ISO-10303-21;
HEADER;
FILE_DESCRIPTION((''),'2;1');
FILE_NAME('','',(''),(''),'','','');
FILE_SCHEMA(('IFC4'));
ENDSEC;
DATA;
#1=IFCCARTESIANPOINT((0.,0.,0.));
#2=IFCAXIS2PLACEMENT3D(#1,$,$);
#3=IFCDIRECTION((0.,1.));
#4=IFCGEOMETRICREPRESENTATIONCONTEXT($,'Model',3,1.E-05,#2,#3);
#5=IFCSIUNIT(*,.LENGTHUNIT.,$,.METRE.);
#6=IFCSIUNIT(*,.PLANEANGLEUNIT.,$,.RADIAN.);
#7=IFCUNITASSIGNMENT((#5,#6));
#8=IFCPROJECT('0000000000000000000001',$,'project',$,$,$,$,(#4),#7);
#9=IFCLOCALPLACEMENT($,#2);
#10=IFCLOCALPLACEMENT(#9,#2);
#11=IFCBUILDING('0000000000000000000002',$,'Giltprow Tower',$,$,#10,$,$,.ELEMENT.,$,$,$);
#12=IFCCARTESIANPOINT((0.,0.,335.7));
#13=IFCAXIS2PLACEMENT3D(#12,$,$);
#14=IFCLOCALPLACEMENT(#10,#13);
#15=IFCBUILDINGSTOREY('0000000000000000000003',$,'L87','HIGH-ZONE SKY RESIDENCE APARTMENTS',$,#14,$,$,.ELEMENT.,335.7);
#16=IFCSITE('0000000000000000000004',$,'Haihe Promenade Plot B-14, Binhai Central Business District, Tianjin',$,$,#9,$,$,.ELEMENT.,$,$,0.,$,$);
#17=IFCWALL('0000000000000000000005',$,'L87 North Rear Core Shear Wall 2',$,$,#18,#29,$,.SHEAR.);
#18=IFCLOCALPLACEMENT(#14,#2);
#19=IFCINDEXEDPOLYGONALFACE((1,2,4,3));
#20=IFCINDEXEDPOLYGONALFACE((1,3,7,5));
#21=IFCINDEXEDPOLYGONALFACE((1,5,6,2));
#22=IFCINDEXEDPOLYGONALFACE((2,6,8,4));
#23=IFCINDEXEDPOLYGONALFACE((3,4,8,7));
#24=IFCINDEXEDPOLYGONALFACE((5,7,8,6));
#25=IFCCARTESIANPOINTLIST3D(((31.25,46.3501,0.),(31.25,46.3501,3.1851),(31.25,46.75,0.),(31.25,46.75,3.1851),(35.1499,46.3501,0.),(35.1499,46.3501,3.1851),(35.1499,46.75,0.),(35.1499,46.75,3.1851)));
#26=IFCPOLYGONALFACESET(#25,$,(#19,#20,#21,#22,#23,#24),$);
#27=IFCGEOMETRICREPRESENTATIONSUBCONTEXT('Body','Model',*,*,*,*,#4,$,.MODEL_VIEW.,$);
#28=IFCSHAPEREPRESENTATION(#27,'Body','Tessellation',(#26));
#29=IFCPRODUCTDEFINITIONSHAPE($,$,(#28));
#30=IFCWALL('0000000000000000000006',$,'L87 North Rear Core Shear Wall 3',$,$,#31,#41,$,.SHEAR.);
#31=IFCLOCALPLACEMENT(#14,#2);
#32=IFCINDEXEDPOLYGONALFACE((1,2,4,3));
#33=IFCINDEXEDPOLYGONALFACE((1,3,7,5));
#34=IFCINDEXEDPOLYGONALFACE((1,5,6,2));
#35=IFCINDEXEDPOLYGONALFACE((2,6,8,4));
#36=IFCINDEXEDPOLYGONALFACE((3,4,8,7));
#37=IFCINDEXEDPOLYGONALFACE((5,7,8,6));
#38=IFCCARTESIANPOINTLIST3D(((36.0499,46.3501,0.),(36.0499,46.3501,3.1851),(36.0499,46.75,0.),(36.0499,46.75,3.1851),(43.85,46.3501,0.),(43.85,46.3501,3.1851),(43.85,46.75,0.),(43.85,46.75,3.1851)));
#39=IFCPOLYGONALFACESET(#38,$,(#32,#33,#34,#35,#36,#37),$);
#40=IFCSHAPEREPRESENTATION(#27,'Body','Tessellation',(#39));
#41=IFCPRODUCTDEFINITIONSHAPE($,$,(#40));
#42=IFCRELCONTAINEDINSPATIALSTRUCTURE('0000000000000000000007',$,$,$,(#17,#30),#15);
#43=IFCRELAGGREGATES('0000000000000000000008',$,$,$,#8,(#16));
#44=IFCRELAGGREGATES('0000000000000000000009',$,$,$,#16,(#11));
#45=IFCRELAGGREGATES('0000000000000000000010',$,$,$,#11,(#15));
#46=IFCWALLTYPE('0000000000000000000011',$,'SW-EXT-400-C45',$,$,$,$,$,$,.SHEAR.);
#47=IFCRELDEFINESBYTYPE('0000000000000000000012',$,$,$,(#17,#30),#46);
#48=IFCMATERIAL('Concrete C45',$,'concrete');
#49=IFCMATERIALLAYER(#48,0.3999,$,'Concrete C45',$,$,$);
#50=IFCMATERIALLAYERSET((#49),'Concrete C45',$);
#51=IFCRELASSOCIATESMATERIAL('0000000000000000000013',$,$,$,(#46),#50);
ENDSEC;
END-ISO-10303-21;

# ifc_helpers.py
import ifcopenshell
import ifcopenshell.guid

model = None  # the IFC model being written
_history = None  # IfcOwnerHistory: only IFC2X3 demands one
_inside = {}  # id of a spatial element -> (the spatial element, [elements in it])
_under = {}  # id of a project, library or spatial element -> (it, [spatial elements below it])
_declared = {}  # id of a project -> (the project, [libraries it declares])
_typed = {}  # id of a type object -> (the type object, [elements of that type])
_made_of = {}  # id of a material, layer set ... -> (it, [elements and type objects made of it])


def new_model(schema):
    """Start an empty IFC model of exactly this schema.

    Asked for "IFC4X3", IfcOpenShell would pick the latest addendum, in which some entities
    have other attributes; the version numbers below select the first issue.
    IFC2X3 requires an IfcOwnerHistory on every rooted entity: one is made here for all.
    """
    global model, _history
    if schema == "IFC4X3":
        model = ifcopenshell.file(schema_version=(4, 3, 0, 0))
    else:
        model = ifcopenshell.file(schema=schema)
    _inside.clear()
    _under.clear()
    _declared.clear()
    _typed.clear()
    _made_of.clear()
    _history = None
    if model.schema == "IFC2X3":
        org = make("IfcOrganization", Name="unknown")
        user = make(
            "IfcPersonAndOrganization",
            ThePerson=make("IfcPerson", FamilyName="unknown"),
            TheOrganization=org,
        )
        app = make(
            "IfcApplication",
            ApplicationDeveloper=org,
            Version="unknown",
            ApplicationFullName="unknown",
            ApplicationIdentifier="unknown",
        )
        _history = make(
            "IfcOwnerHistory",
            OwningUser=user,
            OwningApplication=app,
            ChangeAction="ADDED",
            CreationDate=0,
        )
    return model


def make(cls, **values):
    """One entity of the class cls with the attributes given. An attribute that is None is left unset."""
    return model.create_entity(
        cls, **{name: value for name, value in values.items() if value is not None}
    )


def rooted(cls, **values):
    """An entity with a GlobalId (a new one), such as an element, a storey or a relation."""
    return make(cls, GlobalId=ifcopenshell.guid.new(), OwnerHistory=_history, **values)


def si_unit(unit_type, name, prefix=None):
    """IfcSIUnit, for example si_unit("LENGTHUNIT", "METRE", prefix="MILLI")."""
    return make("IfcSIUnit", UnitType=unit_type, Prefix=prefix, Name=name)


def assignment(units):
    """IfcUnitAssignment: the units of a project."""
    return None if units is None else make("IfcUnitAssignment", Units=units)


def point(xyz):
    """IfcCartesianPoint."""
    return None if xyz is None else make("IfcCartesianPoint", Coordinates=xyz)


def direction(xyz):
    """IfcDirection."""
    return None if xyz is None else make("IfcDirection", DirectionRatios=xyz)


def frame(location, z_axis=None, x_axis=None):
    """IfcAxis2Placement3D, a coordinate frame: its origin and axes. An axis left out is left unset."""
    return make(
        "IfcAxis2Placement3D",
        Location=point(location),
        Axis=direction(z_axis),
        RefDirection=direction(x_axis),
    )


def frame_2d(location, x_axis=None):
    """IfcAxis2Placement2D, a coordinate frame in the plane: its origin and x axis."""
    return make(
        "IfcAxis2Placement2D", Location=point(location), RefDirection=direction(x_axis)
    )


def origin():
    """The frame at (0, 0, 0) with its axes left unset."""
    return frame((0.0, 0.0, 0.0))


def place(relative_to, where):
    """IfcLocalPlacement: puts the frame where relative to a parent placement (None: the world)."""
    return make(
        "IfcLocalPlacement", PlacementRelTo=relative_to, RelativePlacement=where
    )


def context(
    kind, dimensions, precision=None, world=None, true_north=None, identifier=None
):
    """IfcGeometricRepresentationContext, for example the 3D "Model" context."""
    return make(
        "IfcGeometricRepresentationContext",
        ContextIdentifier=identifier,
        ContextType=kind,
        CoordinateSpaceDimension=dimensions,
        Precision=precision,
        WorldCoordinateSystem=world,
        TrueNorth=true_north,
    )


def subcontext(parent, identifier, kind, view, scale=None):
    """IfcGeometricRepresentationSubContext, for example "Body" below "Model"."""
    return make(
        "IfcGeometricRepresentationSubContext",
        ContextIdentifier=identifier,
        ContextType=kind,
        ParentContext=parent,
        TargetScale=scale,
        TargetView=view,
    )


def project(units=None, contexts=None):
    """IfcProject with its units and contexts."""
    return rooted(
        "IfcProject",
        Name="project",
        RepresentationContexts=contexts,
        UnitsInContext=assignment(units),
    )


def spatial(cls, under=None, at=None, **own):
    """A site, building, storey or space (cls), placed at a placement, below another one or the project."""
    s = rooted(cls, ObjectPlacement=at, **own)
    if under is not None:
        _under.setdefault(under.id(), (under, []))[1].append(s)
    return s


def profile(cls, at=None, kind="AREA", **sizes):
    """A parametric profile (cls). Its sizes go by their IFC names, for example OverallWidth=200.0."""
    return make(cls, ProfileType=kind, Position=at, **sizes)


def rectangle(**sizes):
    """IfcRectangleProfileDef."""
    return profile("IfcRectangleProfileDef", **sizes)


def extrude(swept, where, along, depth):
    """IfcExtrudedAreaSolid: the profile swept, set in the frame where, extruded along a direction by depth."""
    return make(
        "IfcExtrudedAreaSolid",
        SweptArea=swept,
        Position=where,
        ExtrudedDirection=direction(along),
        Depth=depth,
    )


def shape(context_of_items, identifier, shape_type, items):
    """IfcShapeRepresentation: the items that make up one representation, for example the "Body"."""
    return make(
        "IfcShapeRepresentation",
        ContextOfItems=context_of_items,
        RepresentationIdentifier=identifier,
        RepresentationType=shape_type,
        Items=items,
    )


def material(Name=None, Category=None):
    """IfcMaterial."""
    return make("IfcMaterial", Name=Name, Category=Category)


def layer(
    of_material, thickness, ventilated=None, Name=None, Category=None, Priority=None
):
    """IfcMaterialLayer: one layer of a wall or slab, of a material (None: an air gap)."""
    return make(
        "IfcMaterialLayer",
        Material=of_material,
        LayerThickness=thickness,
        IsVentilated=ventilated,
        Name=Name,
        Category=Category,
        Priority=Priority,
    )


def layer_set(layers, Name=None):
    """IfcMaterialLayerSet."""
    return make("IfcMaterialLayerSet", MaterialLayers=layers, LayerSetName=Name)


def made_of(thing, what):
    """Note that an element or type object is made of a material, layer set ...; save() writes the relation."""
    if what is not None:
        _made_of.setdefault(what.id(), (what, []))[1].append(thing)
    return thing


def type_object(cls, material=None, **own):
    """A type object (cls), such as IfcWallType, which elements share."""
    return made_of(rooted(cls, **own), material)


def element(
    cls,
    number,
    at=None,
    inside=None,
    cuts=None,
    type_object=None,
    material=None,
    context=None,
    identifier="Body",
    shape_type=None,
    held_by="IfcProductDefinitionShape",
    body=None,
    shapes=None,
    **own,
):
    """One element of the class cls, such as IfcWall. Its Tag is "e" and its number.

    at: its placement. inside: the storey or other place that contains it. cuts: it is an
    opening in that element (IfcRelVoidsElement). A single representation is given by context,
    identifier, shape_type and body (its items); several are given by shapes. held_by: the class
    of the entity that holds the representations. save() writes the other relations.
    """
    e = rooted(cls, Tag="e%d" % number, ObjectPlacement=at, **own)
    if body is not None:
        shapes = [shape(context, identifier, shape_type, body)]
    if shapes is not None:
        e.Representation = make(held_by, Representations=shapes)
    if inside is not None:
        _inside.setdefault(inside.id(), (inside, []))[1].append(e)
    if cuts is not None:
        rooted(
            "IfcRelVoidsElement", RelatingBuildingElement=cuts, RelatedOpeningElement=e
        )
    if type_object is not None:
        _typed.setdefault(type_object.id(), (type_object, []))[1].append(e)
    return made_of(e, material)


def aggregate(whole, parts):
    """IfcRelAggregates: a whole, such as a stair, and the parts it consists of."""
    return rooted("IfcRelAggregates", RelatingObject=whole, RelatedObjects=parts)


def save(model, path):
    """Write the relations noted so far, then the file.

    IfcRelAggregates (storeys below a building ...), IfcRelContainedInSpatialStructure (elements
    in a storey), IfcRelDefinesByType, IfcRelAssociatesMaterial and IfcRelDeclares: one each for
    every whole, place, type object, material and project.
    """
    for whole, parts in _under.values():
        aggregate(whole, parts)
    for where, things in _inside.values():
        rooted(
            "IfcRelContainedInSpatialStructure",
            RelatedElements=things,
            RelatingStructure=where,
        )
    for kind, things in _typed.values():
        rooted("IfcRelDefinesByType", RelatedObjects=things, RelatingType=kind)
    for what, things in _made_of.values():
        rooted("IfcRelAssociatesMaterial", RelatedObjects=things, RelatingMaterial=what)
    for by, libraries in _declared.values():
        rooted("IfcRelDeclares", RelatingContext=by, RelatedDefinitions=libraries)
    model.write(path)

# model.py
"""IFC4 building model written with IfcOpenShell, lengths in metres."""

from ifc_helpers import new_model, si_unit, direction, frame, frame_2d, origin, place, context, subcontext, project, spatial, rectangle, extrude, material, layer, layer_set, type_object, element, save


model = new_model("IFC4")

# Units and contexts
model_context = context("Model", 3, precision=1e-05, world=origin(), true_north=direction((0.0, 1.0)))
body_context = subcontext(model_context, "Body", "Model", "MODEL_VIEW")
ifc_project = project(units=[si_unit("LENGTHUNIT", "METRE"), si_unit("PLANEANGLEUNIT", "RADIAN")], contexts=[model_context])

# Site, building, storey
site_placement = place(None, origin())
site = spatial("IfcSite", under=ifc_project, at=site_placement, Name="Haihe Promenade Plot B-14, Binhai Central Business District, Tianjin", CompositionType="ELEMENT", RefElevation=0.0)
building_placement = place(site_placement, origin())
building = spatial("IfcBuilding", under=site, at=building_placement, Name="Giltprow Tower", CompositionType="ELEMENT")
storey_placement = place(building_placement, frame((0.0, 0.0, 335.7)))
storey = spatial("IfcBuildingStorey", under=building, at=storey_placement, Name="L87", Description="HIGH-ZONE SKY RESIDENCE APARTMENTS", CompositionType="ELEMENT", Elevation=335.7)

# Shared definitions
ifc_material_1 = material(Name="Concrete C45", Category="concrete")

# Walls
ifc_layer_1 = layer(ifc_material_1, 0.3999, Name="Concrete C45")
ifc_layer_set_1 = layer_set([ifc_layer_1], Name="Concrete C45")
wall_type_1 = type_object("IfcWallType", Name="SW-EXT-400-C45", PredefinedType="SHEAR", material=ifc_layer_set_1)
wall_1_placement = place(storey_placement, frame((31.25, 46.55, 0.0), z_axis=(0.0, 0.0, 1.0), x_axis=(1.0, 0.0, 0.0)))
element("IfcWall", 1, at=wall_1_placement, inside=storey, type_object=wall_type_1, Name="L87 North Rear Core Shear Wall 2", PredefinedType="SHEAR", context=body_context, shape_type="SweptSolid", body=[
    extrude(rectangle(XDim=3.8999, YDim=0.3999, at=frame_2d((1.95, 0.0))), origin(), (0.0, 0.0, 1.0), 3.1851),
])
wall_2_placement = place(storey_placement, frame((36.05, 46.55, 0.0), z_axis=(0.0, 0.0, 1.0), x_axis=(1.0, 0.0, 0.0)))
element("IfcWall", 2, at=wall_2_placement, inside=storey, type_object=wall_type_1, Name="L87 North Rear Core Shear Wall 3", PredefinedType="SHEAR", context=body_context, shape_type="SweptSolid", body=[
    extrude(rectangle(XDim=7.8, YDim=0.3999, at=frame_2d((3.8999, 0.0))), origin(), (0.0, 0.0, 1.0), 3.1851),
])

save(model, "model.ifc")
